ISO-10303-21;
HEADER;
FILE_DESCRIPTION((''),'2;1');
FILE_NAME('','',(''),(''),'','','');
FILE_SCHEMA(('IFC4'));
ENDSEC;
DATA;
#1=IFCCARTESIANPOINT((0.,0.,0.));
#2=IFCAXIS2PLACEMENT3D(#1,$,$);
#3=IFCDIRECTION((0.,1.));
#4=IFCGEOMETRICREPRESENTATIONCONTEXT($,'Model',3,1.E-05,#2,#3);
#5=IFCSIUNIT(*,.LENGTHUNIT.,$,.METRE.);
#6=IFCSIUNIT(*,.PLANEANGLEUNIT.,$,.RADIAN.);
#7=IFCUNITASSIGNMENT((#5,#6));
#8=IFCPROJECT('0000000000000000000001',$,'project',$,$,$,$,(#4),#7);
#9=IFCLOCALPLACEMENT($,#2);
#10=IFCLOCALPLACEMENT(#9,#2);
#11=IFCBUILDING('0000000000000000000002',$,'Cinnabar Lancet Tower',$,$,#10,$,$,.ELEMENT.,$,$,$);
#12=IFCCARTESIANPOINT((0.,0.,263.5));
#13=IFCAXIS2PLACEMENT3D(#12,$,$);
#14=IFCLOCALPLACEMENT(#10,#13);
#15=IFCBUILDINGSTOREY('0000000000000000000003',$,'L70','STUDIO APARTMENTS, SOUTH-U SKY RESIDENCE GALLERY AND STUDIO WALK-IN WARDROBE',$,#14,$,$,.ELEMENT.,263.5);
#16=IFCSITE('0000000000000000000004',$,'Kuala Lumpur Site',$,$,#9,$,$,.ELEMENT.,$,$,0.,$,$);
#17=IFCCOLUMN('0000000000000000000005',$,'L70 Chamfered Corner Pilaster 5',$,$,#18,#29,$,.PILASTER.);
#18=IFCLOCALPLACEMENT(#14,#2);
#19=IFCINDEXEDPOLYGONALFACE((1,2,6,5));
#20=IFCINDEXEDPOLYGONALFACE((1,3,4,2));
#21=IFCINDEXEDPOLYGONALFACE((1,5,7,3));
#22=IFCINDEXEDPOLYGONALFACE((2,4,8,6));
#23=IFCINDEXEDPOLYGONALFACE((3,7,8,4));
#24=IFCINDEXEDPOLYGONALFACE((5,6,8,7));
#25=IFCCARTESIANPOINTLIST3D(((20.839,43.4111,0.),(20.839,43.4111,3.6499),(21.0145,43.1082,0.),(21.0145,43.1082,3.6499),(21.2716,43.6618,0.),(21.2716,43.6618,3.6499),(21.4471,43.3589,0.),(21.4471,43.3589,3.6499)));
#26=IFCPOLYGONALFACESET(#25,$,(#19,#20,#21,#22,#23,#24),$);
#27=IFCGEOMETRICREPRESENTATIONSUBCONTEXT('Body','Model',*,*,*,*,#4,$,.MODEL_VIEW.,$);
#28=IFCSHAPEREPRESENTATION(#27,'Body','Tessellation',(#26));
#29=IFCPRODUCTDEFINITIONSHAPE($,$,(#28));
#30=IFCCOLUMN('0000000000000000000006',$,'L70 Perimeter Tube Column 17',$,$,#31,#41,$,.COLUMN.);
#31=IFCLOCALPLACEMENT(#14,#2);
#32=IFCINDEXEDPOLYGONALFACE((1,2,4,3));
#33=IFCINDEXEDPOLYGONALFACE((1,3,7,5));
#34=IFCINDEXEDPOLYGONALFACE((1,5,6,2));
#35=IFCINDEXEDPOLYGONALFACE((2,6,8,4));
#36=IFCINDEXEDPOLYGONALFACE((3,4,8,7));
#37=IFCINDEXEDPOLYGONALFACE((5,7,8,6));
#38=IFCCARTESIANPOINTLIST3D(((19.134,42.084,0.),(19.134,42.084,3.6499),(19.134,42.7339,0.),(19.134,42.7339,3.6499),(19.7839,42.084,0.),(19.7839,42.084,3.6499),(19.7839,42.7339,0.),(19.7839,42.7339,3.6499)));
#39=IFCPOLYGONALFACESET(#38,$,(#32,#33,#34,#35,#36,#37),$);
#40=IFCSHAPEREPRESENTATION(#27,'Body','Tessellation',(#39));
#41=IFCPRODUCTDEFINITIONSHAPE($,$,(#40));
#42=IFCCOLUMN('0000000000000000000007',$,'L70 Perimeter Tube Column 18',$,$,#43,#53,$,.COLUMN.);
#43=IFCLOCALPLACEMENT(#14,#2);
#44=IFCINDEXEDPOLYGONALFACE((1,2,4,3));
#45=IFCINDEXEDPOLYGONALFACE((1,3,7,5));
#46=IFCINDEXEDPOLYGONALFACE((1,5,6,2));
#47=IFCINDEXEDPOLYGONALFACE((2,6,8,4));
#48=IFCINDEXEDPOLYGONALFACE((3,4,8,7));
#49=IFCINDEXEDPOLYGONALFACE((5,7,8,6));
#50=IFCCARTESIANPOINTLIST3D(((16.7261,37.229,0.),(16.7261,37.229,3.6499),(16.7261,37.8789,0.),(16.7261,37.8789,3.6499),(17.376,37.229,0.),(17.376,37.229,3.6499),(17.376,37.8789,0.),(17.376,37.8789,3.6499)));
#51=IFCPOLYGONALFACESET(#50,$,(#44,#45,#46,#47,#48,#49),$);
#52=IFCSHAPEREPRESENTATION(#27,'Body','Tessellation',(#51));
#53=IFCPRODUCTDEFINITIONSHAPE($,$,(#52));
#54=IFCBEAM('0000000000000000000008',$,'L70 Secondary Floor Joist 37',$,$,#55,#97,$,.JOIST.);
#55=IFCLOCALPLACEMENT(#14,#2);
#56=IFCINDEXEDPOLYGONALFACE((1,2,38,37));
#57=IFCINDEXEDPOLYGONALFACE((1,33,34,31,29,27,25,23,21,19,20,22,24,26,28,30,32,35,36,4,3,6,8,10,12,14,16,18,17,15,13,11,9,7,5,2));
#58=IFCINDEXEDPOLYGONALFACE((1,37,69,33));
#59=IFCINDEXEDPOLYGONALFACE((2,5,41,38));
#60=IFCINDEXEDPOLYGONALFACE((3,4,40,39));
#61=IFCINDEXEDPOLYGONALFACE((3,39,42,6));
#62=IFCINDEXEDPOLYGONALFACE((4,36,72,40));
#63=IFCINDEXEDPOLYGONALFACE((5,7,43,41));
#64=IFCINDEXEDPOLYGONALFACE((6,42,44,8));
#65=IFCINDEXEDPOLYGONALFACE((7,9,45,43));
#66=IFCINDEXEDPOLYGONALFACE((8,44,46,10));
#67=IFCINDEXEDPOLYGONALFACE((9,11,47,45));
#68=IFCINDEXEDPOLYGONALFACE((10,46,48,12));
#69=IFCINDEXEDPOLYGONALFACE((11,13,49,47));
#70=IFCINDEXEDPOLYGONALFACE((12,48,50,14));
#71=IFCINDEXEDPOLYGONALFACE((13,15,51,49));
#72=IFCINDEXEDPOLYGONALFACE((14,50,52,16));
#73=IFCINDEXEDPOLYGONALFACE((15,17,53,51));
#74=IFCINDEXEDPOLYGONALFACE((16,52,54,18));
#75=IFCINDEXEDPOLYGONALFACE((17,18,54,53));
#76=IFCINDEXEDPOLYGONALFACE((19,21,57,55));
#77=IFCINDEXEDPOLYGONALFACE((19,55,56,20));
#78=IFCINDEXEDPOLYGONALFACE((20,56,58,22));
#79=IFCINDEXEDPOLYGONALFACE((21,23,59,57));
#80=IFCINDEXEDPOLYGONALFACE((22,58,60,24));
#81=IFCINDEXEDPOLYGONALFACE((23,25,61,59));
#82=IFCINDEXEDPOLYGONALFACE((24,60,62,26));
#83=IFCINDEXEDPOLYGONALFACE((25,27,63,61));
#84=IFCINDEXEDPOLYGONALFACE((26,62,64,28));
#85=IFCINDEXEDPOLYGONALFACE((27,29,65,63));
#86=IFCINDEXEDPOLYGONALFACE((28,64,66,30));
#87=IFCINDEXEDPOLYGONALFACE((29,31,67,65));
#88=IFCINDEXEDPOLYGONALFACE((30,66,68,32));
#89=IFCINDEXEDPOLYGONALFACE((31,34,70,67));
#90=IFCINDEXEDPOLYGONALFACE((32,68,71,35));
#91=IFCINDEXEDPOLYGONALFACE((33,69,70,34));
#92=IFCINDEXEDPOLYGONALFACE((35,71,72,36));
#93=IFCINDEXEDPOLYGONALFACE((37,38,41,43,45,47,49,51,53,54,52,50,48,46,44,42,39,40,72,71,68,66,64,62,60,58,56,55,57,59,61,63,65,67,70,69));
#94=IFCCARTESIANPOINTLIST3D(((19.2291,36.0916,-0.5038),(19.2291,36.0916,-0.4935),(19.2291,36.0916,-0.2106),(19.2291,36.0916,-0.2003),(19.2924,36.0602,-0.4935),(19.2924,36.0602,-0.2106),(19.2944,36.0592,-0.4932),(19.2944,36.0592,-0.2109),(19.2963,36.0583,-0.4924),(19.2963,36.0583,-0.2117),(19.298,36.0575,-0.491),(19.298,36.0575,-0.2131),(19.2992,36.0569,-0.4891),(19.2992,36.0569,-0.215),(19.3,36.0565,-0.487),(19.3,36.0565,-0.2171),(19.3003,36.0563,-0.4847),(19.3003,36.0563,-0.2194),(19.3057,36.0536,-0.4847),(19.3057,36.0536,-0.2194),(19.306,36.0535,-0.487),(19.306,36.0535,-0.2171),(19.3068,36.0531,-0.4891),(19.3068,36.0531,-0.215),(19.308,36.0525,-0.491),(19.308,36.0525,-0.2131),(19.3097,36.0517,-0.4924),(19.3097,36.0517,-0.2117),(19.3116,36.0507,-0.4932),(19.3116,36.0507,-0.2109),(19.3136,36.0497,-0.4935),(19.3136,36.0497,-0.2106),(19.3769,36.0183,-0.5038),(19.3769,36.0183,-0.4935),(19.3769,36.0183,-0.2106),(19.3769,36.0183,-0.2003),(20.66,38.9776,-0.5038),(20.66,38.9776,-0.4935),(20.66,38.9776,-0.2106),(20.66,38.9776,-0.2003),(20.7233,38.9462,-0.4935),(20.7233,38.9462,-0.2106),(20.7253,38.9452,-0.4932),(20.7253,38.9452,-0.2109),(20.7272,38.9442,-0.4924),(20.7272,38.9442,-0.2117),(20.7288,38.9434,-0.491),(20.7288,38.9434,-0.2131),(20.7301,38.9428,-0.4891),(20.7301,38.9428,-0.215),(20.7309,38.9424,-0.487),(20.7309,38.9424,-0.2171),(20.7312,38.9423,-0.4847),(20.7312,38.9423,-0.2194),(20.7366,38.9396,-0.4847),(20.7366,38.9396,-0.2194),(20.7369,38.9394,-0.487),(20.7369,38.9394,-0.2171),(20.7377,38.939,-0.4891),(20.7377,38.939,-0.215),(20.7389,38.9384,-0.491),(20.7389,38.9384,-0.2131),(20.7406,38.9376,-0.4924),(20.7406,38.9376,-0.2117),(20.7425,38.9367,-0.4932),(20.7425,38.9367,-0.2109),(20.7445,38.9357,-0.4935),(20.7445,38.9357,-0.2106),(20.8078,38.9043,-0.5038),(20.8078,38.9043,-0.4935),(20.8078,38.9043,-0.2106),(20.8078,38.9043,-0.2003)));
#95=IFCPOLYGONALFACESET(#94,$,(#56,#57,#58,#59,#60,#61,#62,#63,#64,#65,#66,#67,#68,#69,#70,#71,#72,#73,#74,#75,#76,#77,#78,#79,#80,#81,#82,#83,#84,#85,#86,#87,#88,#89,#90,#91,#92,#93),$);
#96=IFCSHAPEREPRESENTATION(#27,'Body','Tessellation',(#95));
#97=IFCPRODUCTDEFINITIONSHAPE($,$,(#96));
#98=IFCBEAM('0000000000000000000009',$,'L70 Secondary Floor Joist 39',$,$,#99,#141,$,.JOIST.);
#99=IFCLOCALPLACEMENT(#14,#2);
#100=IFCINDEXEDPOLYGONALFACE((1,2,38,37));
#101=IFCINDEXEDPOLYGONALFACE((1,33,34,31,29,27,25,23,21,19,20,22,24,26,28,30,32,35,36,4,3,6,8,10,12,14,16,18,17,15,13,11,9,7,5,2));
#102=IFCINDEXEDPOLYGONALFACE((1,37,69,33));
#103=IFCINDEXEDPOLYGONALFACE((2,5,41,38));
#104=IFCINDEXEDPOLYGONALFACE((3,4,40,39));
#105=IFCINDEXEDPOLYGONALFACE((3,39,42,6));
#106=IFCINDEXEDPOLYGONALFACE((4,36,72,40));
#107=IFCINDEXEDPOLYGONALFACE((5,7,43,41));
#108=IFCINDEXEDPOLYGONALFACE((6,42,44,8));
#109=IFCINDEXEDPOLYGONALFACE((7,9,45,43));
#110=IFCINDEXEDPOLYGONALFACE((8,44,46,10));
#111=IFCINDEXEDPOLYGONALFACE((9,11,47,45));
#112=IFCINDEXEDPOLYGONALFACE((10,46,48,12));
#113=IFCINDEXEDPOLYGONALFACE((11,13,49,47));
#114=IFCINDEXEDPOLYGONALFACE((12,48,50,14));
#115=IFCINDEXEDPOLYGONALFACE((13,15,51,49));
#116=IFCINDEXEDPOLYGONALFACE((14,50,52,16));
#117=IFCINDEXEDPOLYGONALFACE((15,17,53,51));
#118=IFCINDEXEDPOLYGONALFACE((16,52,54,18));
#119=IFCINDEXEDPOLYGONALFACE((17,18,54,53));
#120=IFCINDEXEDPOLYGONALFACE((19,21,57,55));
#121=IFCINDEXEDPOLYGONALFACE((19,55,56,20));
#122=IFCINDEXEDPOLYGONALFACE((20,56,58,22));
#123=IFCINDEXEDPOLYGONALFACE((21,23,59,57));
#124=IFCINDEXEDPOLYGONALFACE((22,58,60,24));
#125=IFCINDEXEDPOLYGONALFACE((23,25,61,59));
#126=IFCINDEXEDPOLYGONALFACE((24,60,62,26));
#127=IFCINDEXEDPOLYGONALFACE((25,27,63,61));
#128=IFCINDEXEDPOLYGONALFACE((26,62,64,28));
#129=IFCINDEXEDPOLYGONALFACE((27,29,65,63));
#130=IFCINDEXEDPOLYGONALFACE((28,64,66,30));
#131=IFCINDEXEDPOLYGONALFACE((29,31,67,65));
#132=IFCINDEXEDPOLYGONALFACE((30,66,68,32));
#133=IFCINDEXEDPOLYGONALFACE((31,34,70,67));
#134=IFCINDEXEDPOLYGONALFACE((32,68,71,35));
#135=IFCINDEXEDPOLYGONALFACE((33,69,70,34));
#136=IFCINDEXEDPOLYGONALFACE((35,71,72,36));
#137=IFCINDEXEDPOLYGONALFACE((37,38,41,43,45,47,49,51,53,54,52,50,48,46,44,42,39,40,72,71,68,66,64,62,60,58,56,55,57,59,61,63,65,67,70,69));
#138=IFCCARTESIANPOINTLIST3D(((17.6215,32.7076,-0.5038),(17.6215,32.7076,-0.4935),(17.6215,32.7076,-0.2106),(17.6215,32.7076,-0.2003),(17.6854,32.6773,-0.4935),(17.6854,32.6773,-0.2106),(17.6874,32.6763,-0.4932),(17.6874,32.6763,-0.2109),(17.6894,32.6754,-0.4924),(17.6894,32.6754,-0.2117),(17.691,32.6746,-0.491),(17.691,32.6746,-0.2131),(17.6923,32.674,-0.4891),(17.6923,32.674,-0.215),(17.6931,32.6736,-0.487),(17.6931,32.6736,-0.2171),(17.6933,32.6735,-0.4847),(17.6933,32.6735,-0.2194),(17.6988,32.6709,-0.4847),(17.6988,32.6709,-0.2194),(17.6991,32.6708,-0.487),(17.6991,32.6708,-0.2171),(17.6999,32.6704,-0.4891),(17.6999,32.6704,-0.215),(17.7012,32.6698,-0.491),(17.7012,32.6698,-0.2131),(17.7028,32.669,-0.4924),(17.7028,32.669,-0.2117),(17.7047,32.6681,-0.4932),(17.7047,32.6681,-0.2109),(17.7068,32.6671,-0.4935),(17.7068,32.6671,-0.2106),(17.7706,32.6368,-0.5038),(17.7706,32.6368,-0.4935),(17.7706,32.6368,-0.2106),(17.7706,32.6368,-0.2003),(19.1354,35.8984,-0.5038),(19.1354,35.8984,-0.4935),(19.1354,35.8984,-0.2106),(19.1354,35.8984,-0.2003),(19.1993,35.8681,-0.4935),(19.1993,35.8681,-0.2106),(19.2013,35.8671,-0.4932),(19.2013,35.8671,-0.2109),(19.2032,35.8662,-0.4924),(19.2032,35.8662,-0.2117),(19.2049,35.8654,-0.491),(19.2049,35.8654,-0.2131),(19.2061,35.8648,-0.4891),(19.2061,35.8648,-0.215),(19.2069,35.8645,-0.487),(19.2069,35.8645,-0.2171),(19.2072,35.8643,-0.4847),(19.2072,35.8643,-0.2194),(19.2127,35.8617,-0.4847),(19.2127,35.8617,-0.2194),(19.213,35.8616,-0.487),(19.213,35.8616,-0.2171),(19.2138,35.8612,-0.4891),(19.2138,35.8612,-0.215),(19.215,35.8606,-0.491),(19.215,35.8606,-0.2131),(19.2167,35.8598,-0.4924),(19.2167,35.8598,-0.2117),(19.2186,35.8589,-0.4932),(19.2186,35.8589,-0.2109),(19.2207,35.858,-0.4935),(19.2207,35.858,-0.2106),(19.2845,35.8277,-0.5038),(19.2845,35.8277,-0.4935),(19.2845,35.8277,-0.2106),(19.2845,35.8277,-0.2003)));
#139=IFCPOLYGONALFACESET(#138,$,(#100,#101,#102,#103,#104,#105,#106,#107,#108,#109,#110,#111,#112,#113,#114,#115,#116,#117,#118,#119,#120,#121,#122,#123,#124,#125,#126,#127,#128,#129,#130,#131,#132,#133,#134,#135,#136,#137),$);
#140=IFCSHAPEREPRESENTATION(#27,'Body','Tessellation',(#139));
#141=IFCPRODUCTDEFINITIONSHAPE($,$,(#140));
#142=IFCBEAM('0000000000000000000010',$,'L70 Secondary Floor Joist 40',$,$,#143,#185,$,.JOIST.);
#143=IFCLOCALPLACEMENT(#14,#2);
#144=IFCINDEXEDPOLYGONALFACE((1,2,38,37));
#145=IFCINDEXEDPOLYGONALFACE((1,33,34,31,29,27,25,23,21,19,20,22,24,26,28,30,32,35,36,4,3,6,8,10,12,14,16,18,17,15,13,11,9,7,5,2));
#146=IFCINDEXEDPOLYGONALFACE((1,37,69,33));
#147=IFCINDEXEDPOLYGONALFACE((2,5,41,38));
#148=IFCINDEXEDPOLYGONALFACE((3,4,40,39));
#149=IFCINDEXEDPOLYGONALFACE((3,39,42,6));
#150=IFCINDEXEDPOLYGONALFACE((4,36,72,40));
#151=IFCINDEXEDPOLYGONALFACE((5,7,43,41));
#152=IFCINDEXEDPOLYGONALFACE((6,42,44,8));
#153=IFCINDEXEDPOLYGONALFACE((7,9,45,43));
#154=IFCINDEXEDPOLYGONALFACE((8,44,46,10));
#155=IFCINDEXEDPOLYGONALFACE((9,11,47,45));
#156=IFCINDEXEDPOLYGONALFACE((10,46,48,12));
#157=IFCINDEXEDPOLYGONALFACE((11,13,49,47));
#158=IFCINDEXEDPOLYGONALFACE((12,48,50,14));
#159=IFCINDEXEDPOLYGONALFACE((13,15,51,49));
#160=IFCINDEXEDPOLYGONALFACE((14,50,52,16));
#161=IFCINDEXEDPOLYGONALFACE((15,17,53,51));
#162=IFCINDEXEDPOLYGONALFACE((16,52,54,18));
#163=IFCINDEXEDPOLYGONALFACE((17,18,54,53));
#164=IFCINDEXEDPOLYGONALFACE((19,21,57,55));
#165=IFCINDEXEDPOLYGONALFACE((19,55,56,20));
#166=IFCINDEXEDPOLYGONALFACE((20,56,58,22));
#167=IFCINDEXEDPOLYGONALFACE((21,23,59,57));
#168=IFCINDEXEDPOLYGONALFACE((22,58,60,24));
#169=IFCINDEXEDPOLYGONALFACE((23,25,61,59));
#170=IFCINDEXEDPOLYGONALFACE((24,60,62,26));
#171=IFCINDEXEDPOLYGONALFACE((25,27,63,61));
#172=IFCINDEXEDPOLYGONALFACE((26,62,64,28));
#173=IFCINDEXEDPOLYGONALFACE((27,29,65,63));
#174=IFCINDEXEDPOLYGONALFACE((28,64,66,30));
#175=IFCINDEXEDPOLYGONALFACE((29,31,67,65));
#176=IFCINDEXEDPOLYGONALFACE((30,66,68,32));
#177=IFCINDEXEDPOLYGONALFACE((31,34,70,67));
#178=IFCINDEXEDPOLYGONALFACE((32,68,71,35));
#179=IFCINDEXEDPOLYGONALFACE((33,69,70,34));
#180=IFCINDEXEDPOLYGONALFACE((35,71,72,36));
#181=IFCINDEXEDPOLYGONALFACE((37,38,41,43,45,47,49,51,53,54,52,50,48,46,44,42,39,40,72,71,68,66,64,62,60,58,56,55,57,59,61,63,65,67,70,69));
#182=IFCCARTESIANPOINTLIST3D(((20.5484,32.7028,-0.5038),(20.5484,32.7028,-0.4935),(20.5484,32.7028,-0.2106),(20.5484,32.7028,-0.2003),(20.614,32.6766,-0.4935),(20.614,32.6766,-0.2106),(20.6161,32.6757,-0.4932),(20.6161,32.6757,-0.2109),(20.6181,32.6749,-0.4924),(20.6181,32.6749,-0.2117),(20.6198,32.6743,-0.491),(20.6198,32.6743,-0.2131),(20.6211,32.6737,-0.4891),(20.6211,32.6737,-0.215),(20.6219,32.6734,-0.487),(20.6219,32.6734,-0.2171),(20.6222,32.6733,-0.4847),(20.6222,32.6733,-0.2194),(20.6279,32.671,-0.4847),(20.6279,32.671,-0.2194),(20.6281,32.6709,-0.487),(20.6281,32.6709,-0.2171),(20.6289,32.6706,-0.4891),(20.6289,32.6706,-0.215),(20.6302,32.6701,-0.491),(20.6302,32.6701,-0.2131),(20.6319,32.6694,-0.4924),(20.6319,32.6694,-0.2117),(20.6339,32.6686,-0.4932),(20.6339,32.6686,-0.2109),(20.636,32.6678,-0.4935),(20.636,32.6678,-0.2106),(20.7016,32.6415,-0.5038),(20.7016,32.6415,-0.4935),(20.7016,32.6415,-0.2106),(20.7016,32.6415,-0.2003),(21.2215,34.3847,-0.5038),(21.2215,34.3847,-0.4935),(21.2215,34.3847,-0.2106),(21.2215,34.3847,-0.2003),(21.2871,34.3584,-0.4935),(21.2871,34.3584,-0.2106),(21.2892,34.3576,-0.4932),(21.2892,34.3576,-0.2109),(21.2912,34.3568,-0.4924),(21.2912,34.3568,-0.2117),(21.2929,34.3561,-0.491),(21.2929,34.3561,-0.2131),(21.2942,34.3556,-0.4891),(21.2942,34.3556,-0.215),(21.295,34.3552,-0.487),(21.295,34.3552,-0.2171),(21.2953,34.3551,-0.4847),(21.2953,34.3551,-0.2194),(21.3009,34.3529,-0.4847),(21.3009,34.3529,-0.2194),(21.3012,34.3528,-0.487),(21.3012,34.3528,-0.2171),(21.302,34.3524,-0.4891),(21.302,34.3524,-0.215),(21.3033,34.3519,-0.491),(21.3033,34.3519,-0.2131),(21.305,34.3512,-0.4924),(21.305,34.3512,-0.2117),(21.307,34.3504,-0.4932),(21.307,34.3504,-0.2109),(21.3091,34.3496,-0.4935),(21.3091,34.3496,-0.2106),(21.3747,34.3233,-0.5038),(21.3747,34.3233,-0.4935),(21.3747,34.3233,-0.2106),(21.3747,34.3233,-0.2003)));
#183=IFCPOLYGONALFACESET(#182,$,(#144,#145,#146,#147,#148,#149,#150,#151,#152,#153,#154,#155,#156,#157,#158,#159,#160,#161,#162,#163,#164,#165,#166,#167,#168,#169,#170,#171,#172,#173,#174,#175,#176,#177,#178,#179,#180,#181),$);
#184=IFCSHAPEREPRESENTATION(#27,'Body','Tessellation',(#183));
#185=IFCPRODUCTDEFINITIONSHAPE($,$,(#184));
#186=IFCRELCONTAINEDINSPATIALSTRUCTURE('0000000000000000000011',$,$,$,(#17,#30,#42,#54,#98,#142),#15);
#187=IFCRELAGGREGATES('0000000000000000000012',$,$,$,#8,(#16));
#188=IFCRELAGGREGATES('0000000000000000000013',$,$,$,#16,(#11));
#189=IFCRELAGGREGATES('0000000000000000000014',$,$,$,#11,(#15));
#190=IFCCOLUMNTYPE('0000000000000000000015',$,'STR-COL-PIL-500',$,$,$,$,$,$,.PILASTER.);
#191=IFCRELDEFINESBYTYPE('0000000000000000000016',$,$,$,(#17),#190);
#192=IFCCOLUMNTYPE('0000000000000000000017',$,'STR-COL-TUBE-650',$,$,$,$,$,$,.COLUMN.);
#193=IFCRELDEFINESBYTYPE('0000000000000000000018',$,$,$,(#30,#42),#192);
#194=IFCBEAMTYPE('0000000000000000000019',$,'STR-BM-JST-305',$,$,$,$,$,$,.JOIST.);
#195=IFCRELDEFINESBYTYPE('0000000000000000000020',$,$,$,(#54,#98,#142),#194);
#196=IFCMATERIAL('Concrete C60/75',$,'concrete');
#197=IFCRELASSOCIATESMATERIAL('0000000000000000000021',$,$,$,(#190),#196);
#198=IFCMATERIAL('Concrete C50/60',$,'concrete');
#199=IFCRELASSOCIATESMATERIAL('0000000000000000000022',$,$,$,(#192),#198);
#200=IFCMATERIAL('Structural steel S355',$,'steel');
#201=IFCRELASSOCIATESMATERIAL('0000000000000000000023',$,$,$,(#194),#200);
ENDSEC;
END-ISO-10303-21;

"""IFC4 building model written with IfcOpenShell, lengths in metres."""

from ifc_helpers import new_model, si_unit, direction, frame, origin, origin_2d, place, context, subcontext, project, spatial, rectangle, i_section, extrude, material, material_profile, profile_set, type_object, element, save


model = new_model("IFC4")

# Units and contexts
model_context = context("Model", 3, precision=1e-05, world=origin(), true_north=direction((0.0, 1.0)))
body_context = subcontext(model_context, "Body", "Model", "MODEL_VIEW")
ifc_project = project(units=[si_unit("LENGTHUNIT", "METRE"), si_unit("PLANEANGLEUNIT", "RADIAN")], contexts=[model_context])

# Site, building, storey
site_placement = place(None, origin())
site = spatial("IfcSite", under=ifc_project, at=site_placement, Name="Kuala Lumpur Site", CompositionType="ELEMENT", RefElevation=0.0)
building_placement = place(site_placement, origin())
building = spatial("IfcBuilding", under=site, at=building_placement, Name="Cinnabar Lancet Tower", CompositionType="ELEMENT")
storey_placement = place(building_placement, frame((0.0, 0.0, 263.5)))
storey = spatial("IfcBuildingStorey", under=building, at=storey_placement, Name="L70", Description="STUDIO APARTMENTS, SOUTH-U SKY RESIDENCE GALLERY AND STUDIO WALK-IN WARDROBE", CompositionType="ELEMENT", Elevation=263.5)

# Columns
ifc_material_1 = material(Name="Concrete C60/75", Category="concrete")
ifc_material_profile_1 = material_profile(ifc_material_1, rectangle(XDim=0.5, YDim=0.3501, at=origin_2d()), Name="RC-PIL 500x350")
ifc_profile_set_1 = profile_set([ifc_material_profile_1], Name="Concrete C60/75")
column_type_1 = type_object("IfcColumnType", Name="STR-COL-PIL-500", PredefinedType="PILASTER", material=ifc_profile_set_1)
column_placement = place(storey_placement, frame((21.1431, 43.385, 0.0), z_axis=(0.0, 0.0, 1.0), x_axis=(-0.865256, -0.50133, 0.0)))
element("IfcColumn", 1, at=column_placement, inside=storey, type_object=column_type_1, Name="L70 Chamfered Corner Pilaster 5", PredefinedType="PILASTER", context=body_context, shape_type="SweptSolid", body=[
    extrude(rectangle(XDim=0.5, YDim=0.3501, at=origin_2d()), origin(), (0.0, 0.0, 1.0), 3.6499),
])
ifc_material_2 = material(Name="Concrete C50/60", Category="concrete")
ifc_material_profile_2 = material_profile(ifc_material_2, rectangle(XDim=0.6499, YDim=0.6499, at=origin_2d()), Name="RC-COL 650x650")
ifc_profile_set_2 = profile_set([ifc_material_profile_2], Name="Concrete C50/60")
column_type_2 = type_object("IfcColumnType", Name="STR-COL-TUBE-650", PredefinedType="COLUMN", material=ifc_profile_set_2)
for number, where, z_axis, x_axis, name in (
    (2, (19.459, 42.4089, 0.0), (0.0, 0.0, 1.0), (1.0, 0.0, 0.0), "L70 Perimeter Tube Column 17"),
    (3, (17.051, 37.554, 0.0), (0.0, 0.0, 1.0), (1.0, 0.0, 0.0), "L70 Perimeter Tube Column 18"),
):
    element("IfcColumn", number, at=place(storey_placement, frame(where, z_axis=z_axis, x_axis=x_axis)), inside=storey, type_object=column_type_2, Name=name, PredefinedType="COLUMN", context=body_context, shape_type="SweptSolid", body=[
        extrude(rectangle(XDim=0.6499, YDim=0.6499, at=origin_2d()), origin(), (0.0, 0.0, 1.0), 3.6499),
    ])

# Beams
ifc_material_3 = material(Name="Structural steel S355", Category="steel")
ifc_material_profile_3 = material_profile(ifc_material_3, i_section(OverallWidth=0.165, OverallDepth=0.3035, WebThickness=0.0061, FlangeThickness=0.0103, FilletRadius=0.0088, at=origin_2d()), Name="UKB 305x165x40")
ifc_profile_set_3 = profile_set([ifc_material_profile_3], Name="Structural steel S355")
beam_type_1 = type_object("IfcBeamType", Name="STR-BM-JST-305", PredefinedType="JOIST", material=ifc_profile_set_3)
beam_1_placement = place(storey_placement, frame((20.7339, 38.9409, -0.3521), z_axis=(-0.44421, -0.895923, 0.0), x_axis=(0.895923, -0.44421, 0.0)))
element("IfcBeam", 4, at=beam_1_placement, inside=storey, type_object=beam_type_1, Name="L70 Secondary Floor Joist 37", PredefinedType="JOIST", context=body_context, shape_type="SweptSolid", body=[
    extrude(i_section(OverallWidth=0.165, OverallDepth=0.3035, WebThickness=0.0061, FlangeThickness=0.0103, FilletRadius=0.0088, at=origin_2d()), origin(), (0.0, 0.0, 1.0), 3.2212),
])
beam_2_placement = place(storey_placement, frame((19.21, 35.863, -0.3521), z_axis=(-0.428648, -0.903472, 0.0), x_axis=(0.903472, -0.428648, 0.0)))
element("IfcBeam", 5, at=beam_2_placement, inside=storey, type_object=beam_type_1, Name="L70 Secondary Floor Joist 39", PredefinedType="JOIST", context=body_context, shape_type="SweptSolid", body=[
    extrude(i_section(OverallWidth=0.165, OverallDepth=0.3035, WebThickness=0.0061, FlangeThickness=0.0103, FilletRadius=0.0088, at=origin_2d()), origin(), (0.0, 0.0, 1.0), 3.5317),
])
beam_3_placement = place(storey_placement, frame((21.2981, 34.354, -0.3521), z_axis=(-0.371553, -0.928412, 0.0), x_axis=(0.928412, -0.371553, 0.0)))
element("IfcBeam", 6, at=beam_3_placement, inside=storey, type_object=beam_type_1, Name="L70 Secondary Floor Joist 40", PredefinedType="JOIST", context=body_context, shape_type="SweptSolid", body=[
    extrude(i_section(OverallWidth=0.165, OverallDepth=0.3035, WebThickness=0.0061, FlangeThickness=0.0103, FilletRadius=0.0088, at=origin_2d()), origin(), (0.0, 0.0, 1.0), 1.8115),
])

save(model, "model.ifc")
